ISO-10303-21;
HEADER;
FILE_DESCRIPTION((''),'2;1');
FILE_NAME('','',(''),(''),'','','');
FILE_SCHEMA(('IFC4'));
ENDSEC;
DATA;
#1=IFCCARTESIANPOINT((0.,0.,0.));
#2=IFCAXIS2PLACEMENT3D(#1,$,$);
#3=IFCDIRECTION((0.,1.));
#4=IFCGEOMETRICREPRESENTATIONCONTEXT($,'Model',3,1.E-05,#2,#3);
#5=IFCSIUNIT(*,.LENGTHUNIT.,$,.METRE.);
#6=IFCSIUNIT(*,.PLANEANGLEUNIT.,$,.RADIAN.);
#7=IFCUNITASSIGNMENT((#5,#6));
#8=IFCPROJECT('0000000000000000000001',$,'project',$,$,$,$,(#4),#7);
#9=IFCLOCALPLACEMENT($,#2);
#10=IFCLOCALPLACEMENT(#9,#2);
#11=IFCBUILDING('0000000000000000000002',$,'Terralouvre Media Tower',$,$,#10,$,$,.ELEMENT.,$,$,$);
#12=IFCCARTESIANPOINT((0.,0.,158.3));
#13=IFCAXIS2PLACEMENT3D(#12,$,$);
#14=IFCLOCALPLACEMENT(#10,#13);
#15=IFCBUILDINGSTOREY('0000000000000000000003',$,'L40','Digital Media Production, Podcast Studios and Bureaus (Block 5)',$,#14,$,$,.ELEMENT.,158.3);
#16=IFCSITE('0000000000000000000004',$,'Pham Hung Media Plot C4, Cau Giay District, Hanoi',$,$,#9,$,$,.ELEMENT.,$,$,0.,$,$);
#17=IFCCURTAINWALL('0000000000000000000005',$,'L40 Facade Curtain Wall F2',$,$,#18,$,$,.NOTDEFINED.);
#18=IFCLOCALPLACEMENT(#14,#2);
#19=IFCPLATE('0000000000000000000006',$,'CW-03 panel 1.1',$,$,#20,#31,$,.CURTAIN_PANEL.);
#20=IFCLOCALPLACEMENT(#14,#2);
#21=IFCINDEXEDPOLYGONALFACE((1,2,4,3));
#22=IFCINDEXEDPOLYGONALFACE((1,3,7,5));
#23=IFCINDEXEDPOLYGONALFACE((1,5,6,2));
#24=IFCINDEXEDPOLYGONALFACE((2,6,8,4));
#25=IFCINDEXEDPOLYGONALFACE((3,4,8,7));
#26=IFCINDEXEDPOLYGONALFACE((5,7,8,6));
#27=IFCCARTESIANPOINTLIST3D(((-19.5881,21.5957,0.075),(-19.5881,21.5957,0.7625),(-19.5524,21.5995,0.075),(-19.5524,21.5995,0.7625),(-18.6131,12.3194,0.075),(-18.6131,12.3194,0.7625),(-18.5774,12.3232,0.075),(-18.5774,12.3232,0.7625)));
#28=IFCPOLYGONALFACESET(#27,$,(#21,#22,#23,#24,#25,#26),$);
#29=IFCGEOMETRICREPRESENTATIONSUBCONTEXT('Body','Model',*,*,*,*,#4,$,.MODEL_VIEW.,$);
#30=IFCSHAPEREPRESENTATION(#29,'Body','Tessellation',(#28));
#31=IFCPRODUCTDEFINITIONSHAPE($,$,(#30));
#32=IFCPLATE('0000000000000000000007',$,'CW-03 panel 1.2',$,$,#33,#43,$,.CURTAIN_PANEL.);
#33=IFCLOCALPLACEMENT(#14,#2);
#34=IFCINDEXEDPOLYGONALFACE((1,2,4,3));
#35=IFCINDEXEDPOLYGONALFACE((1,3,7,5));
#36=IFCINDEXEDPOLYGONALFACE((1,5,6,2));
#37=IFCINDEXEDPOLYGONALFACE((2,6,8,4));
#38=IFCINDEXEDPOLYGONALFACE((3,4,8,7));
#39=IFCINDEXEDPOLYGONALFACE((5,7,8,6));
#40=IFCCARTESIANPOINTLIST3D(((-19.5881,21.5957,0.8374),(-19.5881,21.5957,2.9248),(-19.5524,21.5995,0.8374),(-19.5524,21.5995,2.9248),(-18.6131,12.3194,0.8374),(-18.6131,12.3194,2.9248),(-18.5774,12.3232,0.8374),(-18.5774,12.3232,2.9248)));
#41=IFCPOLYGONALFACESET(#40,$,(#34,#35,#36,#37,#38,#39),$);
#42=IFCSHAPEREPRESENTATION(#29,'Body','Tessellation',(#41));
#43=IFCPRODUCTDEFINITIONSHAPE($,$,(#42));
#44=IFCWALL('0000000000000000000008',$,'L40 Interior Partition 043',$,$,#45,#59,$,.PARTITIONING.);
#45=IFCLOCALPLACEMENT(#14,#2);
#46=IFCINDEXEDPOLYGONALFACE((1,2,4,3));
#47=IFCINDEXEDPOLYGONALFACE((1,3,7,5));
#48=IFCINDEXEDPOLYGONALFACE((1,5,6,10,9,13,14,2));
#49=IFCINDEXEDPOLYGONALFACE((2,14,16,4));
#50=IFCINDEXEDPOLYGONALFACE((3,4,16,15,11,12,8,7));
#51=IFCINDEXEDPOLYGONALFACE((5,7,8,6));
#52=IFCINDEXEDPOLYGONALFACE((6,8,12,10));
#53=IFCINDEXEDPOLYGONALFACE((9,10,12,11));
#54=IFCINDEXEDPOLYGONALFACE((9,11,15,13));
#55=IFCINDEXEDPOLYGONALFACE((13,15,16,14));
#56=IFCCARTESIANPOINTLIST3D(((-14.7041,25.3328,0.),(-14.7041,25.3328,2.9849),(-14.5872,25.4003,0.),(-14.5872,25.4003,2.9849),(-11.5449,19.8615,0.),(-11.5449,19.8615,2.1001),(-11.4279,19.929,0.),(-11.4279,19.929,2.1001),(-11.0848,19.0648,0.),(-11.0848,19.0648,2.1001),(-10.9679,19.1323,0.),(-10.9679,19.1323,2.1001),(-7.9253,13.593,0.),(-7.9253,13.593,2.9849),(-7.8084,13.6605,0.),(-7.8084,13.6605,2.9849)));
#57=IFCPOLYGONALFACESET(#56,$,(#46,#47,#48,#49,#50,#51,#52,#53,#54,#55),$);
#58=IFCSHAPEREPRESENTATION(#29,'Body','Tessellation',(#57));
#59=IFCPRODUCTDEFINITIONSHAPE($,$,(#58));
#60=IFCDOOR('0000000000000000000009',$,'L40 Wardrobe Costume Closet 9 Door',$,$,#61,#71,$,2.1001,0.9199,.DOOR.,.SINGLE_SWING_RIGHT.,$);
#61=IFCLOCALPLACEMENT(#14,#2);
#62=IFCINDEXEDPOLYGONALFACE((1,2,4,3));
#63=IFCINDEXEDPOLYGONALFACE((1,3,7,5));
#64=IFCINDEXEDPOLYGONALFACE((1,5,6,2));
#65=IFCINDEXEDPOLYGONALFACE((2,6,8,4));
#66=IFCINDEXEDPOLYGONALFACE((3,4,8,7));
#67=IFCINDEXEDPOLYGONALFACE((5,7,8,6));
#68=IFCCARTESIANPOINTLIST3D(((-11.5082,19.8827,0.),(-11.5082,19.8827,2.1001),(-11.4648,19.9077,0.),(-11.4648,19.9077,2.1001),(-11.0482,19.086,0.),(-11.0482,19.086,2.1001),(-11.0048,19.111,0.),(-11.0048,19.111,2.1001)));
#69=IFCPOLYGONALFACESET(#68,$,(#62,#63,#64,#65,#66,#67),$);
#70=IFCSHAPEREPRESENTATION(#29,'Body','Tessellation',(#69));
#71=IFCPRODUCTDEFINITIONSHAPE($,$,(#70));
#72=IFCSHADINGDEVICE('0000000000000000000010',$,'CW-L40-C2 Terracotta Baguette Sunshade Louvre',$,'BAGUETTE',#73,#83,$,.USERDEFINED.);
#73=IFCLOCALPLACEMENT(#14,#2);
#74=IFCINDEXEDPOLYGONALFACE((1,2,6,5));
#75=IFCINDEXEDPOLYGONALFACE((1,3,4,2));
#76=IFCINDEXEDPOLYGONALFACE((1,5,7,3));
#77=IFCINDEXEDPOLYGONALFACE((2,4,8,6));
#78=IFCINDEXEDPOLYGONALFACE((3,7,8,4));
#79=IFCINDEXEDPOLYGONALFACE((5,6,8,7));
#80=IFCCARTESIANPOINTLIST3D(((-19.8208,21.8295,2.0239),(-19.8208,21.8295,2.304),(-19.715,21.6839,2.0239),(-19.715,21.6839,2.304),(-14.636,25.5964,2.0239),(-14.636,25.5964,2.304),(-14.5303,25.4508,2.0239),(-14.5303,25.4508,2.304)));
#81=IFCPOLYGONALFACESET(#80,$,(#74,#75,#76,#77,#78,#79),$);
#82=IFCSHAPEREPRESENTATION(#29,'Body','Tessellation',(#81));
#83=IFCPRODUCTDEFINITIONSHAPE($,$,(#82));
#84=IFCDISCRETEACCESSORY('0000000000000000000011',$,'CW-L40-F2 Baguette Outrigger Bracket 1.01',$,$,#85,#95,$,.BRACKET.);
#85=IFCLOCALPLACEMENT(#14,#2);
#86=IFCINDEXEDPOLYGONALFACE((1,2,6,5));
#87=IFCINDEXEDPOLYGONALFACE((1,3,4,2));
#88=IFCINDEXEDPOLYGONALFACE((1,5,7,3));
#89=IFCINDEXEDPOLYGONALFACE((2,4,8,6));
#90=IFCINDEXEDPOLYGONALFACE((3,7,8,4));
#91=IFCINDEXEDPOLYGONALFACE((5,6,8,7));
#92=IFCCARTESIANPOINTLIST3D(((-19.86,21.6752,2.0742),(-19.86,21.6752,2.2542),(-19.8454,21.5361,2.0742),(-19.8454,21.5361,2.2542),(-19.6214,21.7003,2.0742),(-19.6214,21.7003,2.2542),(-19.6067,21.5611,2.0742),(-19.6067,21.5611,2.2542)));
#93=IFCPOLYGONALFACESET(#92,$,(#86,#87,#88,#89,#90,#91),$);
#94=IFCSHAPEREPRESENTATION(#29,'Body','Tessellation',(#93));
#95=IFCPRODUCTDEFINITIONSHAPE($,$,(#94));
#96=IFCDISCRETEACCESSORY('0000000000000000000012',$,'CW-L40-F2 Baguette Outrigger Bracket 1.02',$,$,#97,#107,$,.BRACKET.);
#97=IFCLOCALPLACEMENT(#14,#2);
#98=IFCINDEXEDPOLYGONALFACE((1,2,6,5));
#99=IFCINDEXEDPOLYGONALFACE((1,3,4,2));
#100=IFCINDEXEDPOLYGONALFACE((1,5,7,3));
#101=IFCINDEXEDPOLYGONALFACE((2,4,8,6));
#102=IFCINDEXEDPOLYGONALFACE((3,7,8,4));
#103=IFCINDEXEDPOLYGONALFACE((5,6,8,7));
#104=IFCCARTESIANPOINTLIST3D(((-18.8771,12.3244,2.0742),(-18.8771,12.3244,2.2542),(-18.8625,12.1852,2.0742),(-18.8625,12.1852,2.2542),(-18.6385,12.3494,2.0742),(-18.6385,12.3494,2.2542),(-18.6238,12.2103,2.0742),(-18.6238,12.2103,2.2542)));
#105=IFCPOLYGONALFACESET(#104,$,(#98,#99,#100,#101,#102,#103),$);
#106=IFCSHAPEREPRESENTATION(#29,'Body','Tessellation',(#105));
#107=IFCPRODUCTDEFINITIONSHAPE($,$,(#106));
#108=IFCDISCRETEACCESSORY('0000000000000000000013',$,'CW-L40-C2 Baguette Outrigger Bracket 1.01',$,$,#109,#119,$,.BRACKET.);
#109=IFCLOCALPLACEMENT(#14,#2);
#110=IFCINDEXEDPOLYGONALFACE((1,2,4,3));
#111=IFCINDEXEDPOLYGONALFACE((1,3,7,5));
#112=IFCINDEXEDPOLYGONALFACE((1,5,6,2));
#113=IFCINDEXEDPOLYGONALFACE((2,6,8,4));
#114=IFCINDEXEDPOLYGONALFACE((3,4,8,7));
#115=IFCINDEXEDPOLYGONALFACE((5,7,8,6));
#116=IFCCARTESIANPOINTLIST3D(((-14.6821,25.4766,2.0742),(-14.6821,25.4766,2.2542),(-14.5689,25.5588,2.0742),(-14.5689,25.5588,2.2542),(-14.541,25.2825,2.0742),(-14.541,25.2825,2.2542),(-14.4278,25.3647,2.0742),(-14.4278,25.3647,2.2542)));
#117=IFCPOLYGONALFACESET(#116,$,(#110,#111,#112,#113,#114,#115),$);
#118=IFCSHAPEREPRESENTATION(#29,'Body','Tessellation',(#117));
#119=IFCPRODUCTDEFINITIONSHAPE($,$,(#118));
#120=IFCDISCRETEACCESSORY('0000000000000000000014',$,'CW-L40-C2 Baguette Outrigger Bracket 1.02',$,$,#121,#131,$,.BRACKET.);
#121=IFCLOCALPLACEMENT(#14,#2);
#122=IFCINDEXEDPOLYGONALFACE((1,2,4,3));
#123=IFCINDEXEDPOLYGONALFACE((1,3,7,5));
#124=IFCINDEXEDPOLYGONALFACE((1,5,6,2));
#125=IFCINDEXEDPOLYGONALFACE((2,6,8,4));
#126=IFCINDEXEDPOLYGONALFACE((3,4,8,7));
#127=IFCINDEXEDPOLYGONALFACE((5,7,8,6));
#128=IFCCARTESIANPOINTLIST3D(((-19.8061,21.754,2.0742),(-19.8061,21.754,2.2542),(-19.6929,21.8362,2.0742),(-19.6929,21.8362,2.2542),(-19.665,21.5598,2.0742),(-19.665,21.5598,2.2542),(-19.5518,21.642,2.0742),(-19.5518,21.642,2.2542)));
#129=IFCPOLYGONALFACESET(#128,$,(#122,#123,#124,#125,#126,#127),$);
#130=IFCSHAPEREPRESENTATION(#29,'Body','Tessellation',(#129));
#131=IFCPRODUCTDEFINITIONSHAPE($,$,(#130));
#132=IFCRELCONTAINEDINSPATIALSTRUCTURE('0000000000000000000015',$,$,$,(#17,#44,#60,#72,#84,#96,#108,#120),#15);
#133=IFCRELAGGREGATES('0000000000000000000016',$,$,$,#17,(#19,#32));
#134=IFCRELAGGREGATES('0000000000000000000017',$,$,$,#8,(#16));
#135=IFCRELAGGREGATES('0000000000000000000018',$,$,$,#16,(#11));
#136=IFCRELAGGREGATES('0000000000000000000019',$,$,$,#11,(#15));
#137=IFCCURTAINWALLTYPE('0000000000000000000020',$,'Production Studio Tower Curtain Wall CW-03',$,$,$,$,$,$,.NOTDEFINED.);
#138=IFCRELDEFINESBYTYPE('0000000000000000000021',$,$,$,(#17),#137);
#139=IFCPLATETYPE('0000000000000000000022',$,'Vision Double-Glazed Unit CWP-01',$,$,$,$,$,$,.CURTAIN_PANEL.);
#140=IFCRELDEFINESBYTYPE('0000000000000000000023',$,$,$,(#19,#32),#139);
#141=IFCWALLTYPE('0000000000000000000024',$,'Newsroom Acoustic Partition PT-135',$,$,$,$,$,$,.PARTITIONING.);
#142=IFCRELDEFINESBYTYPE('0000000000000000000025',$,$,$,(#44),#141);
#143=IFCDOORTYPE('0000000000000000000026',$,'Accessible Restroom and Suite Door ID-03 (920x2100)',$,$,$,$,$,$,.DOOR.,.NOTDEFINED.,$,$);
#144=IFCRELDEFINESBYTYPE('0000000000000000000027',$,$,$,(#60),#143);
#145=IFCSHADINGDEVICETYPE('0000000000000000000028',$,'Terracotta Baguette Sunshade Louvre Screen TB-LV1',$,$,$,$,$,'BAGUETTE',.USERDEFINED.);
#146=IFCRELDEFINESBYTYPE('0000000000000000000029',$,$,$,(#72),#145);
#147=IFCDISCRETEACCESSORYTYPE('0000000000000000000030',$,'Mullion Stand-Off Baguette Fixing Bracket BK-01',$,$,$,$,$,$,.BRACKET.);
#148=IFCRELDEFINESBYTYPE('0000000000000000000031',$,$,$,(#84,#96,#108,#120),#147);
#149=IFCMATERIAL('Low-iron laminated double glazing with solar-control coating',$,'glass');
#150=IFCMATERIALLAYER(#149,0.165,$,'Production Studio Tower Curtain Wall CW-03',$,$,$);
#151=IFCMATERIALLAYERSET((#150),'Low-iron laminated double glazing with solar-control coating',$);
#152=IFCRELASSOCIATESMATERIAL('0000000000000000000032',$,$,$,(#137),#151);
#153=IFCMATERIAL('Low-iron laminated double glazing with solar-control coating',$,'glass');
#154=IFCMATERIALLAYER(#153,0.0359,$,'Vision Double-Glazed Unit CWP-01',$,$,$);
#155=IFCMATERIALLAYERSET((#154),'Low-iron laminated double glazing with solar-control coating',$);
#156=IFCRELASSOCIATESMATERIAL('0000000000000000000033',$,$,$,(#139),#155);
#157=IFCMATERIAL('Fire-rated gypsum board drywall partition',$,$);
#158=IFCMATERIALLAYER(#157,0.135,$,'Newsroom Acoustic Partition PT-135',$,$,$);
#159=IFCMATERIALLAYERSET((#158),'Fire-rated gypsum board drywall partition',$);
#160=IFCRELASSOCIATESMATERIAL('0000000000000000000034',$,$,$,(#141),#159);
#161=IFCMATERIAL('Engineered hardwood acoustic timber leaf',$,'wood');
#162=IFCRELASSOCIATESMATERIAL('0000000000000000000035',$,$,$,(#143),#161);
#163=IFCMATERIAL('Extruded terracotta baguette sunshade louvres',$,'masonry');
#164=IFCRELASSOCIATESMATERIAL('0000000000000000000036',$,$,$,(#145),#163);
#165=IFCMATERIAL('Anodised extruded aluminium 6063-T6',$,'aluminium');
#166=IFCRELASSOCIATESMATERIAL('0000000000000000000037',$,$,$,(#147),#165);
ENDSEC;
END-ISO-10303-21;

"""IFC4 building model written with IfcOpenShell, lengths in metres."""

from ifc_helpers import new_model, si_unit, direction, frame, frame_2d, origin, origin_2d, place, context, subcontext, project, spatial, rectangle, extrude, material, layer, layer_set, type_object, element, fill, aggregate, save


model = new_model("IFC4")

# Units and contexts
model_context = context("Model", 3, precision=1e-05, world=origin(), true_north=direction((0.0, 1.0)))
body_context = subcontext(model_context, "Body", "Model", "MODEL_VIEW")
ifc_project = project(units=[si_unit("LENGTHUNIT", "METRE"), si_unit("PLANEANGLEUNIT", "RADIAN")], contexts=[model_context])

# Site, building, storey
site_placement = place(None, origin())
site = spatial("IfcSite", under=ifc_project, at=site_placement, Name="Pham Hung Media Plot C4, Cau Giay District, Hanoi", CompositionType="ELEMENT", RefElevation=0.0)
building_placement = place(site_placement, origin())
building = spatial("IfcBuilding", under=site, at=building_placement, Name="Terralouvre Media Tower", CompositionType="ELEMENT")
storey_placement = place(building_placement, frame((0.0, 0.0, 158.3)))
storey = spatial("IfcBuildingStorey", under=building, at=storey_placement, Name="L40", Description="Digital Media Production, Podcast Studios and Bureaus (Block 5)", CompositionType="ELEMENT", Elevation=158.3)

# Curtain wall
ifc_material_1 = material(Name="Low-iron laminated double glazing with solar-control coating", Category="glass")
ifc_layer_1 = layer(ifc_material_1, 0.165, Name="Production Studio Tower Curtain Wall CW-03")
ifc_layer_set_1 = layer_set([ifc_layer_1], Name="Low-iron laminated double glazing with solar-control coating")
curtain_wall_type_1 = type_object("IfcCurtainWallType", Name="Production Studio Tower Curtain Wall CW-03", PredefinedType="NOTDEFINED", material=ifc_layer_set_1)
curtain_wall_1_placement = place(storey_placement, origin())
curtain_wall_1 = element("IfcCurtainWall", 1, at=curtain_wall_1_placement, inside=storey, type_object=curtain_wall_type_1, Name="L40 Facade Curtain Wall F2", PredefinedType="NOTDEFINED")

# Plates
ifc_material_2 = material(Name="Low-iron laminated double glazing with solar-control coating", Category="glass")
ifc_layer_2 = layer(ifc_material_2, 0.0359, Name="Vision Double-Glazed Unit CWP-01")
ifc_layer_set_2 = layer_set([ifc_layer_2], Name="Low-iron laminated double glazing with solar-control coating")
plate_type_1 = type_object("IfcPlateType", Name="Vision Double-Glazed Unit CWP-01", PredefinedType="CURTAIN_PANEL", material=ifc_layer_set_2)
plate_1_placement = place(storey_placement, frame((-19.0828, 16.9595, 0.075), z_axis=(0.0, 0.0, 1.0), x_axis=(0.104528, -0.994522, 0.0)))
plate_1 = element("IfcPlate", 2, at=plate_1_placement, type_object=plate_type_1, Name="CW-03 panel 1.1", PredefinedType="CURTAIN_PANEL", context=body_context, shape_type="SweptSolid", body=[
    extrude(rectangle(XDim=9.3274, YDim=0.0359, at=origin_2d()), origin(), (0.0, 0.0, 1.0), 0.6875),
])
plate_2_placement = place(storey_placement, frame((-19.0828, 16.9595, 0.8374), z_axis=(0.0, 0.0, 1.0), x_axis=(0.104528, -0.994522, 0.0)))
plate_2 = element("IfcPlate", 3, at=plate_2_placement, type_object=plate_type_1, Name="CW-03 panel 1.2", PredefinedType="CURTAIN_PANEL", context=body_context, shape_type="SweptSolid", body=[
    extrude(rectangle(XDim=9.3274, YDim=0.0359, at=origin_2d()), origin(), (0.0, 0.0, 1.0), 2.0874),
])
aggregate(curtain_wall_1, [plate_1, plate_2])

# Wall, opening, door
ifc_material_3 = material(Name="Fire-rated gypsum board drywall partition")
ifc_layer_3 = layer(ifc_material_3, 0.135, Name="Newsroom Acoustic Partition PT-135")
ifc_layer_set_3 = layer_set([ifc_layer_3], Name="Fire-rated gypsum board drywall partition")
wall_type = type_object("IfcWallType", Name="Newsroom Acoustic Partition PT-135", PredefinedType="PARTITIONING", material=ifc_layer_set_3)
wall_placement = place(storey_placement, frame((-14.6458, 25.3667, 0.0), z_axis=(0.0, 0.0, 1.0), x_axis=(0.500048, -0.865998, 0.0)))
wall = element("IfcWall", 4, at=wall_placement, inside=storey, type_object=wall_type, Name="L40 Interior Partition 043", PredefinedType="PARTITIONING", context=body_context, shape_type="SweptSolid", body=[
    extrude(rectangle(XDim=13.5564, YDim=0.135, at=frame_2d((6.7783, 0.0))), origin(), (0.0, 0.0, 1.0), 2.9849),
])
opening_placement = place(wall_placement, frame((6.3181, 0.0, 0.0)))
opening = element("IfcOpeningElement", 5, at=opening_placement, cuts=wall, PredefinedType="OPENING", context=body_context, shape_type="SweptSolid", body=[
    extrude(rectangle(XDim=0.9199, YDim=2.1001, at=frame_2d((0.46, 1.05))), frame((0.0, 0.0774, 0.0), z_axis=(0.0, -1.0, 0.0), x_axis=(1.0, 0.0, 0.0)), (0.0, 0.0, 1.0), 0.155),
])
ifc_material_4 = material(Name="Engineered hardwood acoustic timber leaf", Category="wood")
door_type = type_object("IfcDoorType", Name="Accessible Restroom and Suite Door ID-03 (920x2100)", OperationType="NOTDEFINED", PredefinedType="DOOR", material=ifc_material_4)
door_placement = place(opening_placement, origin())
door = element("IfcDoor", 6, at=door_placement, inside=storey, type_object=door_type, Name="L40 Wardrobe Costume Closet 9 Door", OperationType="SINGLE_SWING_RIGHT", OverallHeight=2.1001, OverallWidth=0.9199, PredefinedType="DOOR", context=body_context, shape_type="SweptSolid", body=[
    extrude(rectangle(XDim=0.9199, YDim=2.1001, at=frame_2d((0.46, 1.05))), frame((0.0, 0.0249, 0.0), z_axis=(0.0, -1.0, 0.0), x_axis=(1.0, 0.0, 0.0)), (0.0, 0.0, 1.0), 0.05),
])
fill(opening, door)

# Shading device
ifc_material_5 = material(Name="Extruded terracotta baguette sunshade louvres", Category="masonry")
shading_device_type = type_object("IfcShadingDeviceType", Name="Terracotta Baguette Sunshade Louvre Screen TB-LV1", ElementType="BAGUETTE", PredefinedType="USERDEFINED", material=ifc_material_5)
shading_device_placement = place(storey_placement, frame((-17.1755, 23.6401, 2.0239), z_axis=(0.0, 0.0, 1.0), x_axis=(-0.809017, -0.587785, 0.0)))
element("IfcShadingDevice", 7, at=shading_device_placement, inside=storey, type_object=shading_device_type, Name="CW-L40-C2 Terracotta Baguette Sunshade Louvre", ObjectType="BAGUETTE", PredefinedType="USERDEFINED", context=body_context, shape_type="SweptSolid", body=[
    extrude(rectangle(XDim=6.4087, YDim=0.1799, at=origin_2d()), origin(), (0.0, 0.0, 1.0), 0.28),
])

# Discrete accessories
ifc_material_6 = material(Name="Anodised extruded aluminium 6063-T6", Category="aluminium")
discrete_accessory_type = type_object("IfcDiscreteAccessoryType", Name="Mullion Stand-Off Baguette Fixing Bracket BK-01", PredefinedType="BRACKET", material=ifc_material_6)
for number, where, z_axis, x_axis, name in (
    (8, (-19.7334, 21.6182, 2.0742), (0.0, 0.0, 1.0), (0.104528, -0.994522, 0.0), "CW-L40-F2 Baguette Outrigger Bracket 1.01"),
    (9, (-18.7505, 12.2673, 2.0742), (0.0, 0.0, 1.0), (0.104528, -0.994522, 0.0), "CW-L40-F2 Baguette Outrigger Bracket 1.02"),
    (10, (-14.5549, 25.4207, 2.0742), (0.0, 0.0, 1.0), (-0.809017, -0.587785, 0.0), "CW-L40-C2 Baguette Outrigger Bracket 1.01"),
    (11, (-19.679, 21.698, 2.0742), (0.0, 0.0, 1.0), (-0.809017, -0.587785, 0.0), "CW-L40-C2 Baguette Outrigger Bracket 1.02"),
):
    element("IfcDiscreteAccessory", number, at=place(storey_placement, frame(where, z_axis=z_axis, x_axis=x_axis)), inside=storey, type_object=discrete_accessory_type, Name=name, PredefinedType="BRACKET", context=body_context, shape_type="SweptSolid", body=[
        extrude(rectangle(XDim=0.1399, YDim=0.24, at=origin_2d()), origin(), (0.0, 0.0, 1.0), 0.1799),
    ])

save(model, "model.ifc")
